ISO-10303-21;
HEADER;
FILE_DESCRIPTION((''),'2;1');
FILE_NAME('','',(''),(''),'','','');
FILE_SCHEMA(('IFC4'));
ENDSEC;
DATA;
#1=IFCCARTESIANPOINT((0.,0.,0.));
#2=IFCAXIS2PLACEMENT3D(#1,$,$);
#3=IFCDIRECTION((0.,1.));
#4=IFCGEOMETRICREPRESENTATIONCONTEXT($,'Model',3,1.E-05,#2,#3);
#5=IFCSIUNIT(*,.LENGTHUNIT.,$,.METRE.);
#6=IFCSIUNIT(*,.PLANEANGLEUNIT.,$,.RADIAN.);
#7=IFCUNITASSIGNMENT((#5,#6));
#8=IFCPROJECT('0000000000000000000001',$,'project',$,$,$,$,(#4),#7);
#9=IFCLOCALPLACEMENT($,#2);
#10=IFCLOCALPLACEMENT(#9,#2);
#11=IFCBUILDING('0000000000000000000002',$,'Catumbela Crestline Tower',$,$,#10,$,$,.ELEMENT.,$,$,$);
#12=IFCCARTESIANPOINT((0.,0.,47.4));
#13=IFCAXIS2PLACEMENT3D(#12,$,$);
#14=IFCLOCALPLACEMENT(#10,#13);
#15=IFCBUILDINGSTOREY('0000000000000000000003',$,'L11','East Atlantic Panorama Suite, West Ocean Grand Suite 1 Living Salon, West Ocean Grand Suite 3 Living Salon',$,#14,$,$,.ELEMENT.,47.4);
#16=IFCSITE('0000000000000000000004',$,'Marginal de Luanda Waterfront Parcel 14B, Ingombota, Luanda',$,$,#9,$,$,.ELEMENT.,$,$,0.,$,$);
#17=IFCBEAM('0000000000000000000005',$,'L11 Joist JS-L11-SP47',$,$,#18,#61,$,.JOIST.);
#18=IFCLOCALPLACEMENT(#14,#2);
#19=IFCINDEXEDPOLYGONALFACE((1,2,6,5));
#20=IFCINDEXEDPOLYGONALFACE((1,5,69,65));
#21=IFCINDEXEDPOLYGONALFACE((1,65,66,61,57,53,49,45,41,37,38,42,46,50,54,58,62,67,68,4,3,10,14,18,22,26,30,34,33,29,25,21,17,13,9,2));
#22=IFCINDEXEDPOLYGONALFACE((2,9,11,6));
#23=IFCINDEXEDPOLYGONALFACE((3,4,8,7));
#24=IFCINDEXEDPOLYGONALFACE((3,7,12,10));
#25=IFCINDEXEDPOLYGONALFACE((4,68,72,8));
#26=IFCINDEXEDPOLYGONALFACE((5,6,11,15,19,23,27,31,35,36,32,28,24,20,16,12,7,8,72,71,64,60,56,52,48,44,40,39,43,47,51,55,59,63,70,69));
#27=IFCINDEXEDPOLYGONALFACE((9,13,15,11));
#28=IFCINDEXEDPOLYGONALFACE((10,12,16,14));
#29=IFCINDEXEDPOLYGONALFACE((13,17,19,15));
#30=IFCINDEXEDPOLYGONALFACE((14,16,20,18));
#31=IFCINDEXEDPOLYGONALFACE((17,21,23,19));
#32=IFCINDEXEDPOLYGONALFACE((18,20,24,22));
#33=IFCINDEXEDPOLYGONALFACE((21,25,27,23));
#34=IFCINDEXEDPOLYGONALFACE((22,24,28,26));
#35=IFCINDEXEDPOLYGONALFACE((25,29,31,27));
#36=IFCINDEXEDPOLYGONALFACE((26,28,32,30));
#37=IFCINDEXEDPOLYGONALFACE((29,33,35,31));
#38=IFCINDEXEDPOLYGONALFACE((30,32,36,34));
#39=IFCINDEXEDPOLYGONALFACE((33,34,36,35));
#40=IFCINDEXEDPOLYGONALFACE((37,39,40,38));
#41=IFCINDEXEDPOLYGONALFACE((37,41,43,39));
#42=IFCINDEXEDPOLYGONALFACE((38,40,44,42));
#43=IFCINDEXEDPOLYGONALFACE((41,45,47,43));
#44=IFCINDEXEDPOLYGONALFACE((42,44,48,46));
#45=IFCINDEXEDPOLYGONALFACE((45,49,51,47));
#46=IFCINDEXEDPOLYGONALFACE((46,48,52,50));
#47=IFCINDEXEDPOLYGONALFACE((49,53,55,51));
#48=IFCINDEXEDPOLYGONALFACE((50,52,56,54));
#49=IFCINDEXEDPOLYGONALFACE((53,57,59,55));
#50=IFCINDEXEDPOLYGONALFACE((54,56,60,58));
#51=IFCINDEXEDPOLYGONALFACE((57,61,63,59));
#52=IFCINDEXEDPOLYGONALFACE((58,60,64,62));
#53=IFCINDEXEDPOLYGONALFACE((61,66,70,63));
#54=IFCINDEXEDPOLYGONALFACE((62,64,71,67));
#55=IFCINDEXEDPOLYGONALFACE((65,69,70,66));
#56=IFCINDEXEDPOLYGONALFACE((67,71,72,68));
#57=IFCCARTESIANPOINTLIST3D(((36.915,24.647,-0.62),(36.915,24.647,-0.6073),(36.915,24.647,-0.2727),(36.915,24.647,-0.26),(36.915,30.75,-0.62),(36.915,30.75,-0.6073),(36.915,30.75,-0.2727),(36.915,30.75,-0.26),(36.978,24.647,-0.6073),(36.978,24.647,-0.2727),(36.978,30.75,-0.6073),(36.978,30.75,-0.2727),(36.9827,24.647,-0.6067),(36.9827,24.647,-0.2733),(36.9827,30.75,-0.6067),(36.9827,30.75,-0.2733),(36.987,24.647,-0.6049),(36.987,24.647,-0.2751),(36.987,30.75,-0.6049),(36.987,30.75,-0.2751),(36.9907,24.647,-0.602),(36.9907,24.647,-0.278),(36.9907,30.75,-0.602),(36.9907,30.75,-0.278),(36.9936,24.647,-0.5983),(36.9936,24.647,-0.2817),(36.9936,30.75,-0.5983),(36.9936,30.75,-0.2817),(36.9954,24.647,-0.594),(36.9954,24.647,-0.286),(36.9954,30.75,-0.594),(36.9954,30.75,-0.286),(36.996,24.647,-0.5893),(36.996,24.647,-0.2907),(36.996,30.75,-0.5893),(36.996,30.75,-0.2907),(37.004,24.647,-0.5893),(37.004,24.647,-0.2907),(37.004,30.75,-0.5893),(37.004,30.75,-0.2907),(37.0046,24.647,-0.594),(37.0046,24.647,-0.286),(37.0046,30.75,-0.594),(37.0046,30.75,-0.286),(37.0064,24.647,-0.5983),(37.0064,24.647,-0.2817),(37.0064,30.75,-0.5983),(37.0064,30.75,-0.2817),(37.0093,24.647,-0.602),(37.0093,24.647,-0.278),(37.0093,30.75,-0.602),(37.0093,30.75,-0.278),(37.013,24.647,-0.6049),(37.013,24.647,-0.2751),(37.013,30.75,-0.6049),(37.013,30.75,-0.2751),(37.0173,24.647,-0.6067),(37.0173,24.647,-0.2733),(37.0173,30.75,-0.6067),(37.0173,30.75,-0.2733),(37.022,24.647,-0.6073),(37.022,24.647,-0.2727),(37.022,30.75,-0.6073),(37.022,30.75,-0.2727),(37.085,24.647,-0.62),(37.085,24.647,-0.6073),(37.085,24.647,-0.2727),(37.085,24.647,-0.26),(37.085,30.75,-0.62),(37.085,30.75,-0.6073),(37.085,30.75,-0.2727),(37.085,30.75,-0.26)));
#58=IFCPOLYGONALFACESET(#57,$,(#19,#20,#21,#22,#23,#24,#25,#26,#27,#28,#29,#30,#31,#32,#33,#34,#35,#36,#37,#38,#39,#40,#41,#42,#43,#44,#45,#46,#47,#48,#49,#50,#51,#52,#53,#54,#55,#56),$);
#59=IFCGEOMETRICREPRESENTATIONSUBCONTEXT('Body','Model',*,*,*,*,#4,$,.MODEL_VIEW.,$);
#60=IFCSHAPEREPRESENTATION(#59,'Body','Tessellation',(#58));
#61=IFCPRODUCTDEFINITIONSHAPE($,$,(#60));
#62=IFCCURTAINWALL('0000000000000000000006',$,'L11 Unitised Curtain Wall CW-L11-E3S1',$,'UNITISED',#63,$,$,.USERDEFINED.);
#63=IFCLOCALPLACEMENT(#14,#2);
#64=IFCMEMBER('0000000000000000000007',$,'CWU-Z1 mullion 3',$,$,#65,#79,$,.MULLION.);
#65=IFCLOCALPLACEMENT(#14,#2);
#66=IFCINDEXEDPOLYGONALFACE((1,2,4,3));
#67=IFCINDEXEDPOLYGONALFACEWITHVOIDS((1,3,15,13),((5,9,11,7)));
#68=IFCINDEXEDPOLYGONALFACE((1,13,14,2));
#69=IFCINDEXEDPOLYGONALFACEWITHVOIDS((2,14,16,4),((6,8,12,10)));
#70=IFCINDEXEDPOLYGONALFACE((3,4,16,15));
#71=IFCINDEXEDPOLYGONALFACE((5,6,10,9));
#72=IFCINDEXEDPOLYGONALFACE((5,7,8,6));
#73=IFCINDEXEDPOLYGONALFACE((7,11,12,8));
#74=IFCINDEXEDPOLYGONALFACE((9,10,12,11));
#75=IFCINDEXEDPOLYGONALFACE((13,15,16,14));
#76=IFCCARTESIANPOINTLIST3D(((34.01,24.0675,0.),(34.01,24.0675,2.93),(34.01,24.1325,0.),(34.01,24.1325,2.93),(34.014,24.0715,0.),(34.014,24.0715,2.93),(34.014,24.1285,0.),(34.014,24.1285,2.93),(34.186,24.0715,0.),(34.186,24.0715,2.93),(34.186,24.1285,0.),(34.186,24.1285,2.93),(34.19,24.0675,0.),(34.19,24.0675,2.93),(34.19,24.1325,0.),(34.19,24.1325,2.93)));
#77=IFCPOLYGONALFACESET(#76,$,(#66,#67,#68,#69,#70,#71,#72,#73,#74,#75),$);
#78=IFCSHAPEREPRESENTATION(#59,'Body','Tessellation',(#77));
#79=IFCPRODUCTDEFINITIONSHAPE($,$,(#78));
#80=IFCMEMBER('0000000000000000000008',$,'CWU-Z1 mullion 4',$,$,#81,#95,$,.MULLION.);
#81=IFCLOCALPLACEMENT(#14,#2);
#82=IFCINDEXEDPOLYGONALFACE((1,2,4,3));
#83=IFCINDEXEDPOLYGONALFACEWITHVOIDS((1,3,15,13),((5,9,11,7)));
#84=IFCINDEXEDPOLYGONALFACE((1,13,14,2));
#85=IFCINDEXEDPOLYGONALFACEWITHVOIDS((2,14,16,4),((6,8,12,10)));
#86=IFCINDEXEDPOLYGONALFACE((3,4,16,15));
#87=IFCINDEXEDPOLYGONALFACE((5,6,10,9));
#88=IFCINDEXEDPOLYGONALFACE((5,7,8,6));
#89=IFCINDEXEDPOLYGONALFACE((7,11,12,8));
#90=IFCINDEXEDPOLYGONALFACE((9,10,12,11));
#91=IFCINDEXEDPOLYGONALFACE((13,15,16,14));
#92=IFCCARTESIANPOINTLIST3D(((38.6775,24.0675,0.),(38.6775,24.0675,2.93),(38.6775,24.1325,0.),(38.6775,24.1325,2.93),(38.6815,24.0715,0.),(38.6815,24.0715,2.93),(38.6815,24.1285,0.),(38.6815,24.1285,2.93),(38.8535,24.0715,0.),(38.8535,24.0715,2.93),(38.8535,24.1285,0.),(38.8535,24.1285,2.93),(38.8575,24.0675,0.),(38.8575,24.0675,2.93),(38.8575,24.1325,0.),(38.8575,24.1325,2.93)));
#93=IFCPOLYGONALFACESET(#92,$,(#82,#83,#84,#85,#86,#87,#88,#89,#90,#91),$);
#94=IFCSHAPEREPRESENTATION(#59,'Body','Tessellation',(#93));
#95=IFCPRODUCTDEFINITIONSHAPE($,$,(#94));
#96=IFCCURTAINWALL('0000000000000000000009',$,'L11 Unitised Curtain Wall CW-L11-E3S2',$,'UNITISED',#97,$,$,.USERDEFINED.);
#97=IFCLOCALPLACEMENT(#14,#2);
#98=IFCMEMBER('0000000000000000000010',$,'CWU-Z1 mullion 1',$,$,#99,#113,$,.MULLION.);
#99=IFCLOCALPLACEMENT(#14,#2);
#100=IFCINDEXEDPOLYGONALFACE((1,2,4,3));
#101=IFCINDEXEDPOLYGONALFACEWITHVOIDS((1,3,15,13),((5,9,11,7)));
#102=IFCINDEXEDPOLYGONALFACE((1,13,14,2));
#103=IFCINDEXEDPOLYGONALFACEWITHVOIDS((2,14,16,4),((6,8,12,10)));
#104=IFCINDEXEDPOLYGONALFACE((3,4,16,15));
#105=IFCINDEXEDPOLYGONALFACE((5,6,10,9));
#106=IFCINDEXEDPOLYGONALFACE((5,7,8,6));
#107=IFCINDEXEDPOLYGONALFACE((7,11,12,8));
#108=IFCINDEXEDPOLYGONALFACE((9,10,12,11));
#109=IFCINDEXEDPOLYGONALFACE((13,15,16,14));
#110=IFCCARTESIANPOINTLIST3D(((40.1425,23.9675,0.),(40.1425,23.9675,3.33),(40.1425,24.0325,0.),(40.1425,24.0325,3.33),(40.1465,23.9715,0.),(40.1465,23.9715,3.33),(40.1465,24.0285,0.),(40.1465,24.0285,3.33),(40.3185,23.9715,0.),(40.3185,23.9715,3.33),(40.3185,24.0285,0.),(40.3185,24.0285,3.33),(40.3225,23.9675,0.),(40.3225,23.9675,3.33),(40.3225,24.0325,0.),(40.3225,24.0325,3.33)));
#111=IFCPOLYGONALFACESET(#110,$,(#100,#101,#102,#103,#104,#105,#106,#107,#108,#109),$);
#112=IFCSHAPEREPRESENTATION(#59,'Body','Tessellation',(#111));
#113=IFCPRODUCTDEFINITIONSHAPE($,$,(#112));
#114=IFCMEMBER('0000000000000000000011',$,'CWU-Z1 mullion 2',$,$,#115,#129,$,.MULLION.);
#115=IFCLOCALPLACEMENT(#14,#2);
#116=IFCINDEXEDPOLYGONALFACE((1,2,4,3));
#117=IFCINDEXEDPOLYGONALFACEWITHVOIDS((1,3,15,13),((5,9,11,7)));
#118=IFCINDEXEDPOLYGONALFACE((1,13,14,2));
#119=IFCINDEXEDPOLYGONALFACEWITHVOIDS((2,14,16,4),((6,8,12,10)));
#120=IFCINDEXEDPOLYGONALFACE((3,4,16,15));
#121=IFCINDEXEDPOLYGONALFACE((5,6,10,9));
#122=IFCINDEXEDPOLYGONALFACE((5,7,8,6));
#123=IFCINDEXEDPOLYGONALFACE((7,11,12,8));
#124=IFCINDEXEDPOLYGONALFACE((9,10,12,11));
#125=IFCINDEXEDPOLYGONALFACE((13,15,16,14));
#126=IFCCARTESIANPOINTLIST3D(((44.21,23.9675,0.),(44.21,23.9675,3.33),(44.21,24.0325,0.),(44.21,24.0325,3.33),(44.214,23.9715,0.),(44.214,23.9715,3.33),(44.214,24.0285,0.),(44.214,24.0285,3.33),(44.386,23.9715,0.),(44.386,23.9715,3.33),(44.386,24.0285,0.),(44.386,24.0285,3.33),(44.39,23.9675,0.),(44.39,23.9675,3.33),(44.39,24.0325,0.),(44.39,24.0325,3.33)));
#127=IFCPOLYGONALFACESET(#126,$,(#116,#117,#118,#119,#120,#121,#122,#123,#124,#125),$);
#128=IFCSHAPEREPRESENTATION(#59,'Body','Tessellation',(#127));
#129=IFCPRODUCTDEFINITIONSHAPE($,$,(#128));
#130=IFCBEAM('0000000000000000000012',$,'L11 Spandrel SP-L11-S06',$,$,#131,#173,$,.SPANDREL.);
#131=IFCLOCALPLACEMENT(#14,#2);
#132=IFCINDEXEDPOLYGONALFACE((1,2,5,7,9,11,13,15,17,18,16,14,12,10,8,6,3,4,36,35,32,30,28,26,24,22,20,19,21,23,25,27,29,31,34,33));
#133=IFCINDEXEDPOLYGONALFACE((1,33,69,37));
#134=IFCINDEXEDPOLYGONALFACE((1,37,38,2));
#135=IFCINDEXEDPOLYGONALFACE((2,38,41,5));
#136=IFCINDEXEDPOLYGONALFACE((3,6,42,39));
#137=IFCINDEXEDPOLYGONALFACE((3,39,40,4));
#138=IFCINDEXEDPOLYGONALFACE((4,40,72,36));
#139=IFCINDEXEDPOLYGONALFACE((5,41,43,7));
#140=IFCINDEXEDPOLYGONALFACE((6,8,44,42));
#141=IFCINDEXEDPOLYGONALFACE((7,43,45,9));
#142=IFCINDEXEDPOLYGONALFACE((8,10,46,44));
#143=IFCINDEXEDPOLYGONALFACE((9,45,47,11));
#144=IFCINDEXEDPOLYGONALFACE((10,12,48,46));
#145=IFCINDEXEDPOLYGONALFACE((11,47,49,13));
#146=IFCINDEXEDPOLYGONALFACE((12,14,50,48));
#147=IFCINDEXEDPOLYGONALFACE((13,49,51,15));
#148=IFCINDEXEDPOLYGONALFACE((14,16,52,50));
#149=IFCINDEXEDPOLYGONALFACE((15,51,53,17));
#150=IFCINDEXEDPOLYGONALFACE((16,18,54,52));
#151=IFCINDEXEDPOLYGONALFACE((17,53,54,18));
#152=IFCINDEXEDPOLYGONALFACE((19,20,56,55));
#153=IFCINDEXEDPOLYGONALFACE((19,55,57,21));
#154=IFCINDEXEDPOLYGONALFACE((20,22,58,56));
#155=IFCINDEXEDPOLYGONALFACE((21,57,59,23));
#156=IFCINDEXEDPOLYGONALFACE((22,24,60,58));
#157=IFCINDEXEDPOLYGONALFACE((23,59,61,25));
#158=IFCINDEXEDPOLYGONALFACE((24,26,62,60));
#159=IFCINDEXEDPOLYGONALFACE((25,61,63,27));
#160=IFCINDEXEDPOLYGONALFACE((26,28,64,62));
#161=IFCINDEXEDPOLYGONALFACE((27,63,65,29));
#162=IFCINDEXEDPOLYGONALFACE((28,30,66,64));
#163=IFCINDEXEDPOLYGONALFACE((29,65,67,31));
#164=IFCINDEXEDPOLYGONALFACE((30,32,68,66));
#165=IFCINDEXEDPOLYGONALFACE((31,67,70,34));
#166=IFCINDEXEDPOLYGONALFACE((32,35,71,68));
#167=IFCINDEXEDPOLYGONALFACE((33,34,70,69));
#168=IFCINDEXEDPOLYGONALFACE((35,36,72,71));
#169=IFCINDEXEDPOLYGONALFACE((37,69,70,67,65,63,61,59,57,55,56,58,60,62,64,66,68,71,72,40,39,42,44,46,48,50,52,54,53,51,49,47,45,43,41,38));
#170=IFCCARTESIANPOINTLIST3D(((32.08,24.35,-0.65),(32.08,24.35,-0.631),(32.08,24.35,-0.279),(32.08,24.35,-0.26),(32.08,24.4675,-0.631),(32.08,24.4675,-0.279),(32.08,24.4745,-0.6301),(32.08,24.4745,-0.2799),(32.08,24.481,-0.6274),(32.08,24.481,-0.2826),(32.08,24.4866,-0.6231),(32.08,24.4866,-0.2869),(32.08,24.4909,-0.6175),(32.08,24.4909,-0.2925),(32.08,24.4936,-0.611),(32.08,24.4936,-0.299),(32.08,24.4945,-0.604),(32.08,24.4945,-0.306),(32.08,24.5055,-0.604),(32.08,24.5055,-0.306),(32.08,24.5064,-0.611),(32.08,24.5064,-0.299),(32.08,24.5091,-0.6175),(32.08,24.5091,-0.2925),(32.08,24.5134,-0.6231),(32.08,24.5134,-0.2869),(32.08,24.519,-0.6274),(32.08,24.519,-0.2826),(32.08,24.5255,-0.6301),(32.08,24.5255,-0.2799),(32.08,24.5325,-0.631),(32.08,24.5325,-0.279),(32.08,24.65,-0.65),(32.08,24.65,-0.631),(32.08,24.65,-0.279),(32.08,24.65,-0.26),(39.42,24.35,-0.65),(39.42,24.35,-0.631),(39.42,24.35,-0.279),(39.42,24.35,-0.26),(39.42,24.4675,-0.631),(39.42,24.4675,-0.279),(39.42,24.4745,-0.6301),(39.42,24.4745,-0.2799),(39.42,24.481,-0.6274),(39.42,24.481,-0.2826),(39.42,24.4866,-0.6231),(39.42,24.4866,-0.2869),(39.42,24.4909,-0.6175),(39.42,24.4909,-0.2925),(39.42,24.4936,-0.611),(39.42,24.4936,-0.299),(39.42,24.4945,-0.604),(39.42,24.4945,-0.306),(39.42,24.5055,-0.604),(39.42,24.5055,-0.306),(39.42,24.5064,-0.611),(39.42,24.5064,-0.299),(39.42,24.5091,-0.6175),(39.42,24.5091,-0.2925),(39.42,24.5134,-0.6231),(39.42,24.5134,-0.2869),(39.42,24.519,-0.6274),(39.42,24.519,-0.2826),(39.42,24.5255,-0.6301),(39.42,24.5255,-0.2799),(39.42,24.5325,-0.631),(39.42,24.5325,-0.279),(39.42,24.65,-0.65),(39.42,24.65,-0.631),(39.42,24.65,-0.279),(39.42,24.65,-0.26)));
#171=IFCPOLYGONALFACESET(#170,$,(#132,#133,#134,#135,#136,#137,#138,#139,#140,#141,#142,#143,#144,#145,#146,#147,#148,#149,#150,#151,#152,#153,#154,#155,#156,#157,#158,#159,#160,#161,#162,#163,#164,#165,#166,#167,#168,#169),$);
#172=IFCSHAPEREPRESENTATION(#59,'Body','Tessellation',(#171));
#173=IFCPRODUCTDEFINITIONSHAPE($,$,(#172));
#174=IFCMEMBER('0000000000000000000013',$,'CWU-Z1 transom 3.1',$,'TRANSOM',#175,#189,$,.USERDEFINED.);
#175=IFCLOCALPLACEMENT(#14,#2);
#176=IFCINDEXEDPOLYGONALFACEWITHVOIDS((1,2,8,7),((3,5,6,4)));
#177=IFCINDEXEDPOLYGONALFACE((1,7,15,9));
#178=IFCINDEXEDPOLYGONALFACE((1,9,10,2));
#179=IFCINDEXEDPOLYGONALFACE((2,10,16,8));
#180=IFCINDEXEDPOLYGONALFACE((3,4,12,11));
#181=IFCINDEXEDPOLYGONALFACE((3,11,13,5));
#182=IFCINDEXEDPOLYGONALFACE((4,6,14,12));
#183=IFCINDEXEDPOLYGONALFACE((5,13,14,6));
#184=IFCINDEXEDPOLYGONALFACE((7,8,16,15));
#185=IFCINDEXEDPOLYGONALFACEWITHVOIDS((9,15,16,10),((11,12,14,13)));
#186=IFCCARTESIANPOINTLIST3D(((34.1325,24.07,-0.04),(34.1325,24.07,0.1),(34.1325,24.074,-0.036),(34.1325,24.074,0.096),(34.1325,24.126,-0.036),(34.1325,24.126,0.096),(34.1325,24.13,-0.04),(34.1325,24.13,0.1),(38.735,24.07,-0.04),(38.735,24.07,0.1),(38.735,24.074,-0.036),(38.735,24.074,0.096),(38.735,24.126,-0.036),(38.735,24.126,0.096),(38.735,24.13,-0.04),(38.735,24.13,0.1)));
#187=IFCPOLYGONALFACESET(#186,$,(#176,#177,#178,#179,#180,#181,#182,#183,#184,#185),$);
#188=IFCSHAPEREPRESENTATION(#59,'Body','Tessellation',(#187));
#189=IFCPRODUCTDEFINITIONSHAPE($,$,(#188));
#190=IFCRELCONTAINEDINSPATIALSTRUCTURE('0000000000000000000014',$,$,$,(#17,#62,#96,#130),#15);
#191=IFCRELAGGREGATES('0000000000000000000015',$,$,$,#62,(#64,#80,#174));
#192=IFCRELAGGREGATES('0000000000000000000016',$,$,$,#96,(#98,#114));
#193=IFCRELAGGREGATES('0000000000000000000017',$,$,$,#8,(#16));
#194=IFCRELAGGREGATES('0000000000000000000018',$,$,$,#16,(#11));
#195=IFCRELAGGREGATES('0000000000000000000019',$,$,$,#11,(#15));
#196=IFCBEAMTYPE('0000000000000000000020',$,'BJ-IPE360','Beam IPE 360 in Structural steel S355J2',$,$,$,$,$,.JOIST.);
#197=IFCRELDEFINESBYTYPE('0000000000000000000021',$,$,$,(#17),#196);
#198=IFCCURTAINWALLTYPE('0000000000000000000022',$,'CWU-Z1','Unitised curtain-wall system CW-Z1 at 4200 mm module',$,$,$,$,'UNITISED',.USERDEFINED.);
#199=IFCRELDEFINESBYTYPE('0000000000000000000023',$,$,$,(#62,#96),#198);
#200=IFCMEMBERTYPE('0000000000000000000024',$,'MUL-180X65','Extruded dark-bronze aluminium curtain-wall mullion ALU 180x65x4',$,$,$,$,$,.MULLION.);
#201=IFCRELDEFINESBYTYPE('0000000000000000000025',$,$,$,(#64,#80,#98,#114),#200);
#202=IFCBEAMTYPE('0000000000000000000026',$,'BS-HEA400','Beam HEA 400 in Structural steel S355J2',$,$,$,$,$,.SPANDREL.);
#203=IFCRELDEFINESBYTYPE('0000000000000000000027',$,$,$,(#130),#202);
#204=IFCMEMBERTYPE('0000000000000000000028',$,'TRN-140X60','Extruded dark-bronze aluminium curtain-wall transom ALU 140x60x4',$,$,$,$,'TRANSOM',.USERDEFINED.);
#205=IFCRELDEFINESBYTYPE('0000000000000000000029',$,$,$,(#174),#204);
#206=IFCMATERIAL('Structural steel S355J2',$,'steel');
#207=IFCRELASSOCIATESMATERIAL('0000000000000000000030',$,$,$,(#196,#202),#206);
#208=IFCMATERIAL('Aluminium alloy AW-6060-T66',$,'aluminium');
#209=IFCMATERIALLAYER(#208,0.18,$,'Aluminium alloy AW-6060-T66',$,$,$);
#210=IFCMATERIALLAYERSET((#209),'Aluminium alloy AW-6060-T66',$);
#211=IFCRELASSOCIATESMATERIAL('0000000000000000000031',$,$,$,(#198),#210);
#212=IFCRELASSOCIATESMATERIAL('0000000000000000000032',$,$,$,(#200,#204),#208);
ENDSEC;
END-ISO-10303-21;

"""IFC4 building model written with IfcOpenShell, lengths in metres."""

from ifc_helpers import new_model, si_unit, direction, frame, origin, origin_2d, place, context, subcontext, project, spatial, hollow_rectangle, i_section, extrude, material, layer, layer_set, material_profile, profile_set, type_object, element, aggregate, save


model = new_model("IFC4")

# Units and contexts
model_context = context("Model", 3, precision=1e-05, world=origin(), true_north=direction((0.0, 1.0)))
body_context = subcontext(model_context, "Body", "Model", "MODEL_VIEW")
ifc_project = project(units=[si_unit("LENGTHUNIT", "METRE"), si_unit("PLANEANGLEUNIT", "RADIAN")], contexts=[model_context])

# Site, building, storey
site_placement = place(None, origin())
site = spatial("IfcSite", under=ifc_project, at=site_placement, Name="Marginal de Luanda Waterfront Parcel 14B, Ingombota, Luanda", CompositionType="ELEMENT", RefElevation=0.0)
building_placement = place(site_placement, origin())
building = spatial("IfcBuilding", under=site, at=building_placement, Name="Catumbela Crestline Tower", CompositionType="ELEMENT")
storey_placement = place(building_placement, frame((0.0, 0.0, 47.4)))
storey = spatial("IfcBuildingStorey", under=building, at=storey_placement, Name="L11", Description="East Atlantic Panorama Suite, West Ocean Grand Suite 1 Living Salon, West Ocean Grand Suite 3 Living Salon", CompositionType="ELEMENT", Elevation=47.4)

# Beam
ifc_material_1 = material(Name="Structural steel S355J2", Category="steel")
ifc_material_profile_1 = material_profile(ifc_material_1, i_section(OverallWidth=0.17, OverallDepth=0.36, WebThickness=0.008, FlangeThickness=0.0127, FilletRadius=0.018, at=origin_2d()), Name="IPE 360")
ifc_profile_set_1 = profile_set([ifc_material_profile_1], Name="Structural steel S355J2")
beam_type_1 = type_object("IfcBeamType", Name="BJ-IPE360", Description="Beam IPE 360 in Structural steel S355J2", PredefinedType="JOIST", material=ifc_profile_set_1)
for number, where, z_axis, x_axis, name in (
    (1, (37.0, 24.647, -0.44), (0.0, 1.0, 0.0), (-1.0, 0.0, 0.0), "L11 Joist JS-L11-SP47"),
):
    element("IfcBeam", number, at=place(storey_placement, frame(where, z_axis=z_axis, x_axis=x_axis)), inside=storey, type_object=beam_type_1, Name=name, PredefinedType="JOIST", context=body_context, shape_type="SweptSolid", body=[
        extrude(i_section(OverallWidth=0.17, OverallDepth=0.36, WebThickness=0.008, FlangeThickness=0.0127, FilletRadius=0.018, at=origin_2d()), origin(), (0.0, 0.0, 1.0), 6.103),
    ])

# Curtain walls, members
ifc_material_2 = material(Name="Aluminium alloy AW-6060-T66", Category="aluminium")
ifc_layer_1 = layer(ifc_material_2, 0.18, Name="Aluminium alloy AW-6060-T66")
ifc_layer_set_1 = layer_set([ifc_layer_1], Name="Aluminium alloy AW-6060-T66")
curtain_wall_type = type_object("IfcCurtainWallType", Name="CWU-Z1", Description="Unitised curtain-wall system CW-Z1 at 4200 mm module", ElementType="UNITISED", PredefinedType="USERDEFINED", material=ifc_layer_set_1)
curtain_wall_1_placement = place(storey_placement, origin())
curtain_wall_1 = element("IfcCurtainWall", 2, at=curtain_wall_1_placement, inside=storey, type_object=curtain_wall_type, Name="L11 Unitised Curtain Wall CW-L11-E3S1", ObjectType="UNITISED", PredefinedType="USERDEFINED")
ifc_material_profile_2 = material_profile(ifc_material_2, hollow_rectangle(XDim=0.065, YDim=0.18, WallThickness=0.004, at=origin_2d()), Name="ALU 180x65x4")
ifc_profile_set_2 = profile_set([ifc_material_profile_2], Name="Aluminium alloy AW-6060-T66")
member_type_1 = type_object("IfcMemberType", Name="MUL-180X65", Description="Extruded dark-bronze aluminium curtain-wall mullion ALU 180x65x4", PredefinedType="MULLION", material=ifc_profile_set_2)
member_1_placement = place(storey_placement, frame((34.1, 24.1, 0.0), z_axis=(0.0, 0.0, 1.0), x_axis=(0.0, 1.0, 0.0)))
member_1 = element("IfcMember", 3, at=member_1_placement, type_object=member_type_1, Name="CWU-Z1 mullion 3", PredefinedType="MULLION", context=body_context, shape_type="SweptSolid", body=[
    extrude(hollow_rectangle(XDim=0.065, YDim=0.18, WallThickness=0.004, at=origin_2d()), origin(), (0.0, 0.0, 1.0), 2.93),
])
member_2_placement = place(storey_placement, frame((38.7675, 24.1, 0.0), z_axis=(0.0, 0.0, 1.0), x_axis=(0.0, 1.0, 0.0)))
member_2 = element("IfcMember", 4, at=member_2_placement, type_object=member_type_1, Name="CWU-Z1 mullion 4", PredefinedType="MULLION", context=body_context, shape_type="SweptSolid", body=[
    extrude(hollow_rectangle(XDim=0.065, YDim=0.18, WallThickness=0.004, at=origin_2d()), origin(), (0.0, 0.0, 1.0), 2.93),
])
curtain_wall_2_placement = place(storey_placement, origin())
curtain_wall_2 = element("IfcCurtainWall", 5, at=curtain_wall_2_placement, inside=storey, type_object=curtain_wall_type, Name="L11 Unitised Curtain Wall CW-L11-E3S2", ObjectType="UNITISED", PredefinedType="USERDEFINED")
member_3_placement = place(storey_placement, frame((40.2325, 24.0, 0.0), z_axis=(0.0, 0.0, 1.0), x_axis=(0.0, 1.0, 0.0)))
member_3 = element("IfcMember", 6, at=member_3_placement, type_object=member_type_1, Name="CWU-Z1 mullion 1", PredefinedType="MULLION", context=body_context, shape_type="SweptSolid", body=[
    extrude(hollow_rectangle(XDim=0.065, YDim=0.18, WallThickness=0.004, at=origin_2d()), origin(), (0.0, 0.0, 1.0), 3.33),
])
member_4_placement = place(storey_placement, frame((44.3, 24.0, 0.0), z_axis=(0.0, 0.0, 1.0), x_axis=(0.0, 1.0, 0.0)))
member_4 = element("IfcMember", 7, at=member_4_placement, type_object=member_type_1, Name="CWU-Z1 mullion 2", PredefinedType="MULLION", context=body_context, shape_type="SweptSolid", body=[
    extrude(hollow_rectangle(XDim=0.065, YDim=0.18, WallThickness=0.004, at=origin_2d()), origin(), (0.0, 0.0, 1.0), 3.33),
])

# Beam
ifc_material_profile_3 = material_profile(ifc_material_1, i_section(OverallWidth=0.3, OverallDepth=0.39, WebThickness=0.011, FlangeThickness=0.019, FilletRadius=0.027, at=origin_2d()), Name="HEA 400")
ifc_profile_set_3 = profile_set([ifc_material_profile_3], Name="Structural steel S355J2")
beam_type_2 = type_object("IfcBeamType", Name="BS-HEA400", Description="Beam HEA 400 in Structural steel S355J2", PredefinedType="SPANDREL", material=ifc_profile_set_3)
beam_1_placement = place(storey_placement, frame((32.08, 24.5, -0.455), z_axis=(1.0, 0.0, 0.0), x_axis=(0.0, 1.0, 0.0)))
element("IfcBeam", 8, at=beam_1_placement, inside=storey, type_object=beam_type_2, Name="L11 Spandrel SP-L11-S06", PredefinedType="SPANDREL", context=body_context, shape_type="SweptSolid", body=[
    extrude(i_section(OverallWidth=0.3, OverallDepth=0.39, WebThickness=0.011, FlangeThickness=0.019, FilletRadius=0.027, at=origin_2d()), origin(), (0.0, 0.0, 1.0), 7.34),
])

# Member
ifc_material_profile_4 = material_profile(ifc_material_2, hollow_rectangle(XDim=0.06, YDim=0.14, WallThickness=0.004, at=origin_2d()), Name="ALU 140x60x4")
ifc_profile_set_4 = profile_set([ifc_material_profile_4], Name="Aluminium alloy AW-6060-T66")
member_type_2 = type_object("IfcMemberType", Name="TRN-140X60", Description="Extruded dark-bronze aluminium curtain-wall transom ALU 140x60x4", ElementType="TRANSOM", PredefinedType="USERDEFINED", material=ifc_profile_set_4)
member_5_placement = place(storey_placement, frame((34.1325, 24.1, 0.03), z_axis=(1.0, 0.0, 0.0), x_axis=(0.0, 1.0, 0.0)))
member_5 = element("IfcMember", 9, at=member_5_placement, type_object=member_type_2, Name="CWU-Z1 transom 3.1", ObjectType="TRANSOM", PredefinedType="USERDEFINED", context=body_context, shape_type="SweptSolid", body=[
    extrude(hollow_rectangle(XDim=0.06, YDim=0.14, WallThickness=0.004, at=origin_2d()), origin(), (0.0, 0.0, 1.0), 4.6025),
])

aggregate(curtain_wall_1, [member_1, member_2, member_5])
aggregate(curtain_wall_2, [member_3, member_4])

save(model, "model.ifc")
